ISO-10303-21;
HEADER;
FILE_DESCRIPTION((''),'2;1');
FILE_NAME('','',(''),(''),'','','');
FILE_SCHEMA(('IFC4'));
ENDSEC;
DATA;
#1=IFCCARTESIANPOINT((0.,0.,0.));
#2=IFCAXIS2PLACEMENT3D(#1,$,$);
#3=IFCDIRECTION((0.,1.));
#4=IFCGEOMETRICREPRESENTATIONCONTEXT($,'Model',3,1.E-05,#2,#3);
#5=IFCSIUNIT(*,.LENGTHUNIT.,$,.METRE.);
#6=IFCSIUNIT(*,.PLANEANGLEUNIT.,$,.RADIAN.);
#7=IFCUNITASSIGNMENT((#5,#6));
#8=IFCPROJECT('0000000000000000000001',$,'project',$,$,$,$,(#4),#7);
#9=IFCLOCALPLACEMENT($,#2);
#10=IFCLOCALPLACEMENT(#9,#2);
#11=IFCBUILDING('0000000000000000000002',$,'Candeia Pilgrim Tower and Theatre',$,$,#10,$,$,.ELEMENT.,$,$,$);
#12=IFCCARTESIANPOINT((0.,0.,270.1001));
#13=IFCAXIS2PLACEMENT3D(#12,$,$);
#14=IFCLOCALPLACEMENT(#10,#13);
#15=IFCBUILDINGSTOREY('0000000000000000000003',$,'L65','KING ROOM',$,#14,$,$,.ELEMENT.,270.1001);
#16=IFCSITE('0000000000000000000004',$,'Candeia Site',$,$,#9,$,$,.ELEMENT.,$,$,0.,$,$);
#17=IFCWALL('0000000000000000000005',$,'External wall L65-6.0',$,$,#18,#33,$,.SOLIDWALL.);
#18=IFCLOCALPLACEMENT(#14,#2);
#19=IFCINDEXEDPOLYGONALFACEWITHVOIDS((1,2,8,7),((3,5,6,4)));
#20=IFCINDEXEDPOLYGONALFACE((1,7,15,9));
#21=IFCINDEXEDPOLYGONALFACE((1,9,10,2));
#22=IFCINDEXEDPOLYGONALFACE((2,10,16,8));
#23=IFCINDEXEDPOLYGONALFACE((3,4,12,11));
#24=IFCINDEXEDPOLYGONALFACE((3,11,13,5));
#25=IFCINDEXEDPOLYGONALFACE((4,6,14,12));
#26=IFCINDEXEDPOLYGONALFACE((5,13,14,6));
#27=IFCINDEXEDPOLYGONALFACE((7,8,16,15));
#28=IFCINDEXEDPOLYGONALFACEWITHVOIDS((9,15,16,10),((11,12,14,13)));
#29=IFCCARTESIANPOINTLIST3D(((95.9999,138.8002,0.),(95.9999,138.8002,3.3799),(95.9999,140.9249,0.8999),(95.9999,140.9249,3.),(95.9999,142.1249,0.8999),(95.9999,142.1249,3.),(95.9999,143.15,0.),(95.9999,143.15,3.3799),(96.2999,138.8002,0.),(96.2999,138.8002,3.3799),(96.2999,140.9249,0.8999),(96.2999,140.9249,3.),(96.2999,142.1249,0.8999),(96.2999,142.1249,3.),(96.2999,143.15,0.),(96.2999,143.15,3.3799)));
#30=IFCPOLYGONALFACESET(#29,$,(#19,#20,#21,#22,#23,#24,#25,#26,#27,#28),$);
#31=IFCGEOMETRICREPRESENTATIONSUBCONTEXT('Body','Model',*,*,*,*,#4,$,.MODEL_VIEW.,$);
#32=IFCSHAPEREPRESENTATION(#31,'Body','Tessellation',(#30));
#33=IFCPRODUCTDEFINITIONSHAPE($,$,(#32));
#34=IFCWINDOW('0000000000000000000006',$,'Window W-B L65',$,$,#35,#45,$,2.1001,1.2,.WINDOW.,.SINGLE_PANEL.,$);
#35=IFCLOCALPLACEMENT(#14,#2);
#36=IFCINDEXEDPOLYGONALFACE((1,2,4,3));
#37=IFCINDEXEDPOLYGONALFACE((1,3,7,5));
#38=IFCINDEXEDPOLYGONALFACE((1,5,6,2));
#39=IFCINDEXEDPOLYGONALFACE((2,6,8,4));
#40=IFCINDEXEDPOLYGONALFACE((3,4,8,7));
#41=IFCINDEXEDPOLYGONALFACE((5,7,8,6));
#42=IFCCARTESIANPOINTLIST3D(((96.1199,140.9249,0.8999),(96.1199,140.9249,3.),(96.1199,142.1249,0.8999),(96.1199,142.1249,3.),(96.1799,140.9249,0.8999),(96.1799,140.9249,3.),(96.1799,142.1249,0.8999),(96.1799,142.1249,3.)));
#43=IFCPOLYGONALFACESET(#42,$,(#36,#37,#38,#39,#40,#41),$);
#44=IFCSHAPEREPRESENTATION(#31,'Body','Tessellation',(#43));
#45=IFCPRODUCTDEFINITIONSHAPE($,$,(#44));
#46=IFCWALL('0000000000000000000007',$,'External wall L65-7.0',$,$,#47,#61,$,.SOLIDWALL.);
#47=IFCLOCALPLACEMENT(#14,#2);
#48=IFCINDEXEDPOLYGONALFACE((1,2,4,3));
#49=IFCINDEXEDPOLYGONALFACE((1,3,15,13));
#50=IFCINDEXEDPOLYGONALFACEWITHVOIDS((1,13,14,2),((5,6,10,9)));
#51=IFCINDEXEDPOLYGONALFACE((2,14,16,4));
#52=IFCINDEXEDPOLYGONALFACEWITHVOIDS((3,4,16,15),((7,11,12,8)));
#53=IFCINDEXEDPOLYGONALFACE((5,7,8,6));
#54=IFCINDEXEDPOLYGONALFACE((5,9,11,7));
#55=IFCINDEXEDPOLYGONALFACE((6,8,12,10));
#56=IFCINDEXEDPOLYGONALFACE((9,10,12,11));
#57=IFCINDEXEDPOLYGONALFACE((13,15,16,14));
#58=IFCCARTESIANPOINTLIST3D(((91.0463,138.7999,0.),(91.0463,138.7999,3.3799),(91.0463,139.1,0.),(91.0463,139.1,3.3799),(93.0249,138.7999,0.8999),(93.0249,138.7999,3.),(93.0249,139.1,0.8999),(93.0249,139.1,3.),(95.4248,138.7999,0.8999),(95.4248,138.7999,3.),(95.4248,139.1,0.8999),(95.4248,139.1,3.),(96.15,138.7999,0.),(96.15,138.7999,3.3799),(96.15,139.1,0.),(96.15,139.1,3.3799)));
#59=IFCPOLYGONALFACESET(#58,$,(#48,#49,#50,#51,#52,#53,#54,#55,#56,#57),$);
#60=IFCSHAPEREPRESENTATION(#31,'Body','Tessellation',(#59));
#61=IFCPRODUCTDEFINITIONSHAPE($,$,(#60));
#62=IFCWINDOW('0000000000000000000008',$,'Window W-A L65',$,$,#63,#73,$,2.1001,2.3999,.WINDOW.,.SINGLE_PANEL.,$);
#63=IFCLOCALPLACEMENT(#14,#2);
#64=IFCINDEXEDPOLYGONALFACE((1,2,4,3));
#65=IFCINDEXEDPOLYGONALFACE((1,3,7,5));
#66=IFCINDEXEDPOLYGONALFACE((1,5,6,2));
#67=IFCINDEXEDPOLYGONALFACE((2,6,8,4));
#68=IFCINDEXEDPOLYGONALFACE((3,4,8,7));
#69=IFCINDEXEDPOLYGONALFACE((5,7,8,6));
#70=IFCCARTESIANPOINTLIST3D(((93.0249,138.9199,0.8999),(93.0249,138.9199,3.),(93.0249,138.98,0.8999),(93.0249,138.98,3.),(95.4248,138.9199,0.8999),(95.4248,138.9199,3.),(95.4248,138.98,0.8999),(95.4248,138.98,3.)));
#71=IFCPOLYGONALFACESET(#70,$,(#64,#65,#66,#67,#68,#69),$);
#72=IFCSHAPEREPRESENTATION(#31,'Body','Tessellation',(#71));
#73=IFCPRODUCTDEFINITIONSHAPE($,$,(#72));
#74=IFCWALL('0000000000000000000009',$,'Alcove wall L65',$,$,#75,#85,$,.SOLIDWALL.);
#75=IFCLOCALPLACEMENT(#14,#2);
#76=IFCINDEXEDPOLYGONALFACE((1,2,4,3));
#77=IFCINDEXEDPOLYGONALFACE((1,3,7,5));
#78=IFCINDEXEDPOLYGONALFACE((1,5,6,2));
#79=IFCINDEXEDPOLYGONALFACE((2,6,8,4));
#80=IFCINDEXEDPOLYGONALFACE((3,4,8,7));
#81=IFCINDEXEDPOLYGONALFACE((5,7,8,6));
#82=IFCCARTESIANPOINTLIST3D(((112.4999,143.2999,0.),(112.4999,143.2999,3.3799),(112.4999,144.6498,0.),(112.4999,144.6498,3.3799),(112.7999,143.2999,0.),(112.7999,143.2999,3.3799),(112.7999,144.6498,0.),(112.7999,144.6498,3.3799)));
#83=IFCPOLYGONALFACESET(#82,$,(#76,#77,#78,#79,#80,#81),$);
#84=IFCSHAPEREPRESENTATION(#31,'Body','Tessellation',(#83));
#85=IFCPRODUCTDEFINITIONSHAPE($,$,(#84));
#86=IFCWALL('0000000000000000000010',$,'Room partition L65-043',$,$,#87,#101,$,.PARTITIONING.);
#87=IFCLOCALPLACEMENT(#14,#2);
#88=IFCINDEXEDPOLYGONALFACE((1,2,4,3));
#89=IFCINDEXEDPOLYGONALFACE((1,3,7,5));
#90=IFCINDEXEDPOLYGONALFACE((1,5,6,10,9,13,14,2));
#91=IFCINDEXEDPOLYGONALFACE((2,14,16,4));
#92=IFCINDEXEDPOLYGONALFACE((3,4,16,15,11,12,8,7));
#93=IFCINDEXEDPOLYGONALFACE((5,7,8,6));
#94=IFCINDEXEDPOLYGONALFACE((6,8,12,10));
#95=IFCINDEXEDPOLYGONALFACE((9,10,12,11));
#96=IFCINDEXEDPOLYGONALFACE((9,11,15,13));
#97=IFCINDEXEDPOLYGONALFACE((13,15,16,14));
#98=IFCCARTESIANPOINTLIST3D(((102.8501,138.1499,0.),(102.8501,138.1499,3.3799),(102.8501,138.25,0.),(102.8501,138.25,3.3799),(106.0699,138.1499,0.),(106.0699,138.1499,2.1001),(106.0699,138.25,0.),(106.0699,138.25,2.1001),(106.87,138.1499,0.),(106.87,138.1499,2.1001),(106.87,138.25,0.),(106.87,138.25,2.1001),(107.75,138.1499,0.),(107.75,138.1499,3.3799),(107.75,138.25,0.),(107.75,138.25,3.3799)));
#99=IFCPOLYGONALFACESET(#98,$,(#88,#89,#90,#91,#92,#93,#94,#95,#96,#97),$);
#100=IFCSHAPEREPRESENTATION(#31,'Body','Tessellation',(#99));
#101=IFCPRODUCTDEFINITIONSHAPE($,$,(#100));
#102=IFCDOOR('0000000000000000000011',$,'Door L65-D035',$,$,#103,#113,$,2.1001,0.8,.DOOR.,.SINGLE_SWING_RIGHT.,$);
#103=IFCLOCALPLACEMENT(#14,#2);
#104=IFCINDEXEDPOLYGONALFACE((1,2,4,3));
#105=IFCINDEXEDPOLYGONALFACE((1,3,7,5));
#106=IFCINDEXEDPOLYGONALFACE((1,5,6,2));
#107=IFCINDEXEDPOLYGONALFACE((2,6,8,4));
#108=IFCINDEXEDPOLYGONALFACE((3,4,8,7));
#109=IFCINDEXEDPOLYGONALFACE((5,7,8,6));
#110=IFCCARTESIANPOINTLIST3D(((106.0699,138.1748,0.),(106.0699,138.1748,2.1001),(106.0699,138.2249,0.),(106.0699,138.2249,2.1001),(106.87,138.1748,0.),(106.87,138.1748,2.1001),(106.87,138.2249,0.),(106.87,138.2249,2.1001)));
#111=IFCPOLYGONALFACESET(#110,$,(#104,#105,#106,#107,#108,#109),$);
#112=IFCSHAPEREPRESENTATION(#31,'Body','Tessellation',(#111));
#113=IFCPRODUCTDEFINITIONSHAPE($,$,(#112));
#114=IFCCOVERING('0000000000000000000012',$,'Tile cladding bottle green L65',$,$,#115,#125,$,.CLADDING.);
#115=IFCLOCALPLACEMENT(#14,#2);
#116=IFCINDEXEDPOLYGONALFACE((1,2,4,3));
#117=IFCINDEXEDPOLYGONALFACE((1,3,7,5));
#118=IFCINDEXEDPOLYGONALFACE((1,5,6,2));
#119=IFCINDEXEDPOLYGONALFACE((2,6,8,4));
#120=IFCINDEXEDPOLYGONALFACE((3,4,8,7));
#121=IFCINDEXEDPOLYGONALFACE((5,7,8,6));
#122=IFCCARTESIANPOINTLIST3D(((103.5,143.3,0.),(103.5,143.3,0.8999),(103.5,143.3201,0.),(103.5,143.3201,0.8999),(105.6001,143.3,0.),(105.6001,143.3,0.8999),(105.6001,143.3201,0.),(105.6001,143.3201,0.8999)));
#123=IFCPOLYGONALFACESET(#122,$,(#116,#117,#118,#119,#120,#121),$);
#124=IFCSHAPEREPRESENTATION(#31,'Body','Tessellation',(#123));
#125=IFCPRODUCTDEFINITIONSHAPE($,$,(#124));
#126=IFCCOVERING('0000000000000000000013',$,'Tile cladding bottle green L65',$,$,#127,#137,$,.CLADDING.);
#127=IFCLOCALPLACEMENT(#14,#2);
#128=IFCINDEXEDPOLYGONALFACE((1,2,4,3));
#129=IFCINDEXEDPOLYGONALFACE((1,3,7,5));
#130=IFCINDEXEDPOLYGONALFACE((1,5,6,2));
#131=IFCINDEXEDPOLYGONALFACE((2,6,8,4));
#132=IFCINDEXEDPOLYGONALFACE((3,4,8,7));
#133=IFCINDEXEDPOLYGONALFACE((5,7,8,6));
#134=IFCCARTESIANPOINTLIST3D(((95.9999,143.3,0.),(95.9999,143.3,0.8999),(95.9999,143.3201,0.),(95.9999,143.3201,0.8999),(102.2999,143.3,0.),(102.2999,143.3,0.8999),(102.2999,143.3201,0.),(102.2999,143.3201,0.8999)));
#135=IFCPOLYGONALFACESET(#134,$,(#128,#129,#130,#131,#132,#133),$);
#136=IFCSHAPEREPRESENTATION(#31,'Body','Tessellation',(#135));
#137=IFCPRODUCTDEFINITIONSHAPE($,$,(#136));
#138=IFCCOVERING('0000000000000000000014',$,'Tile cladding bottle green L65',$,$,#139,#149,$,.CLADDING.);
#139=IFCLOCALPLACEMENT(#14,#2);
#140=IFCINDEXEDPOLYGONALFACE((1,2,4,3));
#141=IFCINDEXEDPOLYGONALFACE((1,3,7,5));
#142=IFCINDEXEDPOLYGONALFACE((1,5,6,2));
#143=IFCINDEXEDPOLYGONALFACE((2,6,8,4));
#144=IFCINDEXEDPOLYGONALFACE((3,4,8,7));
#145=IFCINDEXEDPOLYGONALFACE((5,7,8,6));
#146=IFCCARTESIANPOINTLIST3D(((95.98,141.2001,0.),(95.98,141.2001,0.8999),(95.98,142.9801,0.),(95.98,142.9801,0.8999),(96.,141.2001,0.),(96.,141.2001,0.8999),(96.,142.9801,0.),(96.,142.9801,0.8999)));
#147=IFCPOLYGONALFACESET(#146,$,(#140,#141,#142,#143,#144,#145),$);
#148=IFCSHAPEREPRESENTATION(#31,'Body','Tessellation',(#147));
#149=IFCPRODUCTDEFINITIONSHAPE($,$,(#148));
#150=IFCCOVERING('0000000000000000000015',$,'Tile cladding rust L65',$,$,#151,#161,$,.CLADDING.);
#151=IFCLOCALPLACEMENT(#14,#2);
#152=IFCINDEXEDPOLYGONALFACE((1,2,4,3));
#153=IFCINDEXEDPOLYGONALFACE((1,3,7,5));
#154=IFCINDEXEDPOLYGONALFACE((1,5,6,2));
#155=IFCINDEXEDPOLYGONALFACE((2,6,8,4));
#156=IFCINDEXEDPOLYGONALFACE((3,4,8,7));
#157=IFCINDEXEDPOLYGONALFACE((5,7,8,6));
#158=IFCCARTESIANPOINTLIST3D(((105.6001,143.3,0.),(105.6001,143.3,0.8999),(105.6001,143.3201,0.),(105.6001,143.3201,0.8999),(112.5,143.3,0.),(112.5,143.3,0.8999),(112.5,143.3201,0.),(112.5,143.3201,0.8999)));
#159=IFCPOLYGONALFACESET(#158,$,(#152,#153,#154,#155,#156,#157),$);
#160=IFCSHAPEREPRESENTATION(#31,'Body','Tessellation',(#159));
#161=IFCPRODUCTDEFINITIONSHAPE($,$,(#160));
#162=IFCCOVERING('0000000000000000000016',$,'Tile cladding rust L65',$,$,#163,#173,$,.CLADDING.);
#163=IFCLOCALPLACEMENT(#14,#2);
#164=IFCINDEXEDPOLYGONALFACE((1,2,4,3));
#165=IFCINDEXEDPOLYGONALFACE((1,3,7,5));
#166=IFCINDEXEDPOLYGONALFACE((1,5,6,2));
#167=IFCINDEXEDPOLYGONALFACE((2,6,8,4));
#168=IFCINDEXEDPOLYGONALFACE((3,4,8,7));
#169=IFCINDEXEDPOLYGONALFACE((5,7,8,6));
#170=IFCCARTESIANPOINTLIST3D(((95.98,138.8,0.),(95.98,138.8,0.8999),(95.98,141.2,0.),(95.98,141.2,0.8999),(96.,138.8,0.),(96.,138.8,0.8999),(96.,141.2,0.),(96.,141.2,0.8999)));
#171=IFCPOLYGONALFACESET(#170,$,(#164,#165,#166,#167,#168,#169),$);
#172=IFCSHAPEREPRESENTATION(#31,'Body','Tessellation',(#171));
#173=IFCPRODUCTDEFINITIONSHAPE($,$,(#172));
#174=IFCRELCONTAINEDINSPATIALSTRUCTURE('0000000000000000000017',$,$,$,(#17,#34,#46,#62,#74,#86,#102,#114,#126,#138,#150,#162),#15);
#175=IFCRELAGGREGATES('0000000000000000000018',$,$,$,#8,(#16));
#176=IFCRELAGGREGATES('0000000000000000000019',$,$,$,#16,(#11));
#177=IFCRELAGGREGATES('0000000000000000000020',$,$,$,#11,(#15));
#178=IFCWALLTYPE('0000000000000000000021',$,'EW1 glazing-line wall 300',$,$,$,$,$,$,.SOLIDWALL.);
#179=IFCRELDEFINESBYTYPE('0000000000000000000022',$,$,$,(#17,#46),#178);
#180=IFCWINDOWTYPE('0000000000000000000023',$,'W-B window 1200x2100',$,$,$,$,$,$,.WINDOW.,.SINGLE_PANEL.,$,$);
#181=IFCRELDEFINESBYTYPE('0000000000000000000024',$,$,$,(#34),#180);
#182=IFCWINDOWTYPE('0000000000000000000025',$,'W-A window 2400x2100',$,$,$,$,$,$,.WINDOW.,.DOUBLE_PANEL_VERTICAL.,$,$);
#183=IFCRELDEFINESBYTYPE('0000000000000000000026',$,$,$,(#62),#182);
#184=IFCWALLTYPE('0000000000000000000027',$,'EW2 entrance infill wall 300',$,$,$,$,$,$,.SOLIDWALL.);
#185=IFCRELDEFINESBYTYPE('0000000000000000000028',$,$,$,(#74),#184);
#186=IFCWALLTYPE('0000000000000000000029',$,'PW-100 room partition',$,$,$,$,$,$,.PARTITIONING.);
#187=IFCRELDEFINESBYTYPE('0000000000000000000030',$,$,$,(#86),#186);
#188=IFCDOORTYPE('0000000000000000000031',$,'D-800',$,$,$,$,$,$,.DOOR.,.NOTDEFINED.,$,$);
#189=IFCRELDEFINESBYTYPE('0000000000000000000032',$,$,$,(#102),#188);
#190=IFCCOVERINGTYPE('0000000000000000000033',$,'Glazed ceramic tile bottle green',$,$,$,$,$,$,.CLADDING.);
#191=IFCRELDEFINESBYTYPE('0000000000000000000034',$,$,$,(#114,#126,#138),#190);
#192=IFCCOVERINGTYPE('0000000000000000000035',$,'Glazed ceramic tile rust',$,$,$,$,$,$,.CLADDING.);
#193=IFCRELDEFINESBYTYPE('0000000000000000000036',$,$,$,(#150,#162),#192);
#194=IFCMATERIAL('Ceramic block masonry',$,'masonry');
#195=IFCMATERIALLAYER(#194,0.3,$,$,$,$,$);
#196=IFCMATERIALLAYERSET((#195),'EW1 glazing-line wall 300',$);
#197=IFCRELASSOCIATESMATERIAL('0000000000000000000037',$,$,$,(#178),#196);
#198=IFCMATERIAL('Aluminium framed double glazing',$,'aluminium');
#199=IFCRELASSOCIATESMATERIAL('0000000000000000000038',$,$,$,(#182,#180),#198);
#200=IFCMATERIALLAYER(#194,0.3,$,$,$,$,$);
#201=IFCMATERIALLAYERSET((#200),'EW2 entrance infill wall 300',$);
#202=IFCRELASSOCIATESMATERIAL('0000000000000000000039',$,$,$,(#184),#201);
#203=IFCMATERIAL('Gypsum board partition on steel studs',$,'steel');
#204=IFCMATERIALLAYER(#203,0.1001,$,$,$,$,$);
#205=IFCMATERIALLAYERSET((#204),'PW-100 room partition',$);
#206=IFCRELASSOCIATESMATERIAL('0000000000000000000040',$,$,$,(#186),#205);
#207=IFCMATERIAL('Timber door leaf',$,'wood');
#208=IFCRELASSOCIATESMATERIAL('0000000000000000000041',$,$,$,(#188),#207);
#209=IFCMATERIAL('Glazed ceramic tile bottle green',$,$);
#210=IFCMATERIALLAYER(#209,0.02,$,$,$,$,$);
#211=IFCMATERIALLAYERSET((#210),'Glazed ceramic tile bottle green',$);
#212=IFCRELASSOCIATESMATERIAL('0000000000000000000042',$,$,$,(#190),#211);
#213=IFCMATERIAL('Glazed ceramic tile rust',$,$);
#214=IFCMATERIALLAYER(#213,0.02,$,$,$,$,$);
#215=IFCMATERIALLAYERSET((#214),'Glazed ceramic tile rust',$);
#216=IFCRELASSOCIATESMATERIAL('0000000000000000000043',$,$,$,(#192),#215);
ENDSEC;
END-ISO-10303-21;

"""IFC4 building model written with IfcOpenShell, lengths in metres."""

from ifc_helpers import new_model, si_unit, direction, frame, frame_2d, origin, origin_2d, place, context, subcontext, project, spatial, rectangle, extrude, material, layer, layer_set, type_object, element, fill, save


model = new_model("IFC4")

# Units and contexts
model_context = context("Model", 3, precision=1e-05, world=origin(), true_north=direction((0.0, 1.0)))
body_context = subcontext(model_context, "Body", "Model", "MODEL_VIEW")
ifc_project = project(units=[si_unit("LENGTHUNIT", "METRE"), si_unit("PLANEANGLEUNIT", "RADIAN")], contexts=[model_context])

# Site, building, storey
site_placement = place(None, origin())
site = spatial("IfcSite", under=ifc_project, at=site_placement, Name="Candeia Site", CompositionType="ELEMENT", RefElevation=0.0)
building_placement = place(site_placement, origin())
building = spatial("IfcBuilding", under=site, at=building_placement, Name="Candeia Pilgrim Tower and Theatre", CompositionType="ELEMENT")
storey_placement = place(building_placement, frame((0.0, 0.0, 270.1001)))
storey = spatial("IfcBuildingStorey", under=building, at=storey_placement, Name="L65", Description="KING ROOM", CompositionType="ELEMENT", Elevation=270.1001)

# Shared definitions
ifc_material_1 = material(Name="Ceramic block masonry", Category="masonry")
ifc_layer_1 = layer(ifc_material_1, 0.3)
ifc_layer_set_1 = layer_set([ifc_layer_1], Name="EW1 glazing-line wall 300")
wall_type_1 = type_object("IfcWallType", Name="EW1 glazing-line wall 300", PredefinedType="SOLIDWALL", material=ifc_layer_set_1)
ifc_material_2 = material(Name="Aluminium framed double glazing", Category="aluminium")
window_type_1 = type_object("IfcWindowType", Name="W-A window 2400x2100", PartitioningType="DOUBLE_PANEL_VERTICAL", PredefinedType="WINDOW", material=ifc_material_2)

# Walls, openings, windows
wall_1_placement = place(storey_placement, frame((96.1499, 143.1499, 0.0), z_axis=(0.0, 0.0, 1.0), x_axis=(0.0, -1.0, 0.0)))
wall_1 = element("IfcWall", 1, at=wall_1_placement, inside=storey, type_object=wall_type_1, Name="External wall L65-6.0", PredefinedType="SOLIDWALL", context=body_context, shape_type="SweptSolid", body=[
    extrude(rectangle(XDim=4.3499, YDim=0.3, at=frame_2d((2.1748, 0.0))), origin(), (0.0, 0.0, 1.0), 3.3799),
])
opening_1_placement = place(wall_1_placement, frame((1.0249, 0.0, 0.8999)))
opening_1 = element("IfcOpeningElement", 2, at=opening_1_placement, cuts=wall_1, PredefinedType="OPENING", context=body_context, shape_type="SweptSolid", body=[
    extrude(rectangle(XDim=1.2, YDim=2.1001, at=frame_2d((0.6001, 1.05))), frame((0.0, 0.1602, 0.0), z_axis=(0.0, -1.0, 0.0), x_axis=(1.0, 0.0, 0.0)), (0.0, 0.0, 1.0), 0.3201),
])
window_type_2 = type_object("IfcWindowType", Name="W-B window 1200x2100", PartitioningType="SINGLE_PANEL", PredefinedType="WINDOW", material=ifc_material_2)
window_1_placement = place(opening_1_placement, origin())
window_1 = element("IfcWindow", 3, at=window_1_placement, inside=storey, type_object=window_type_2, Name="Window W-B L65", OverallHeight=2.1001, OverallWidth=1.2, PartitioningType="SINGLE_PANEL", PredefinedType="WINDOW", context=body_context, shape_type="SweptSolid", body=[
    extrude(rectangle(XDim=1.2, YDim=2.1001, at=frame_2d((0.6001, 1.05))), frame((0.0, 0.03, 0.0), z_axis=(0.0, -1.0, 0.0), x_axis=(1.0, 0.0, 0.0)), (0.0, 0.0, 1.0), 0.0601),
])
fill(opening_1, window_1)
wall_2_placement = place(storey_placement, frame((96.1499, 138.95, 0.0), z_axis=(0.0, 0.0, 1.0), x_axis=(-1.0, 0.0, 0.0)))
wall_2 = element("IfcWall", 4, at=wall_2_placement, inside=storey, type_object=wall_type_1, Name="External wall L65-7.0", PredefinedType="SOLIDWALL", context=body_context, shape_type="SweptSolid", body=[
    extrude(rectangle(XDim=5.1038, YDim=0.3, at=frame_2d((2.5518, 0.0))), origin(), (0.0, 0.0, 1.0), 3.3799),
])
opening_2_placement = place(wall_2_placement, frame((0.7251, 0.0, 0.8999)))
opening_2 = element("IfcOpeningElement", 5, at=opening_2_placement, cuts=wall_2, PredefinedType="OPENING", context=body_context, shape_type="SweptSolid", body=[
    extrude(rectangle(XDim=2.3999, YDim=2.1001, at=frame_2d((1.2, 1.05))), frame((0.0, 0.1602, 0.0), z_axis=(0.0, -1.0, 0.0), x_axis=(1.0, 0.0, 0.0)), (0.0, 0.0, 1.0), 0.3201),
])
window_2_placement = place(opening_2_placement, origin())
window_2 = element("IfcWindow", 6, at=window_2_placement, inside=storey, type_object=window_type_1, Name="Window W-A L65", OverallHeight=2.1001, OverallWidth=2.3999, PartitioningType="SINGLE_PANEL", PredefinedType="WINDOW", context=body_context, shape_type="SweptSolid", body=[
    extrude(rectangle(XDim=2.3999, YDim=2.1001, at=frame_2d((1.2, 1.05))), frame((0.0, 0.03, 0.0), z_axis=(0.0, -1.0, 0.0), x_axis=(1.0, 0.0, 0.0)), (0.0, 0.0, 1.0), 0.0601),
])
fill(opening_2, window_2)

# Wall
ifc_layer_2 = layer(ifc_material_1, 0.3)
ifc_layer_set_2 = layer_set([ifc_layer_2], Name="EW2 entrance infill wall 300")
wall_type_2 = type_object("IfcWallType", Name="EW2 entrance infill wall 300", PredefinedType="SOLIDWALL", material=ifc_layer_set_2)
wall_3_placement = place(storey_placement, frame((112.6499, 143.3, 0.0), z_axis=(0.0, 0.0, 1.0), x_axis=(0.0, 1.0, 0.0)))
element("IfcWall", 7, at=wall_3_placement, inside=storey, type_object=wall_type_2, Name="Alcove wall L65", PredefinedType="SOLIDWALL", context=body_context, shape_type="SweptSolid", body=[
    extrude(rectangle(XDim=1.3499, YDim=0.3, at=frame_2d((0.6748, 0.0))), origin(), (0.0, 0.0, 1.0), 3.3799),
])

# Wall, opening, door
ifc_material_3 = material(Name="Gypsum board partition on steel studs", Category="steel")
ifc_layer_3 = layer(ifc_material_3, 0.1001)
ifc_layer_set_3 = layer_set([ifc_layer_3], Name="PW-100 room partition")
wall_type_3 = type_object("IfcWallType", Name="PW-100 room partition", PredefinedType="PARTITIONING", material=ifc_layer_set_3)
wall_4_placement = place(storey_placement, frame((102.8501, 138.2, 0.0), z_axis=(0.0, 0.0, 1.0), x_axis=(1.0, 0.0, 0.0)))
wall_4 = element("IfcWall", 8, at=wall_4_placement, inside=storey, type_object=wall_type_3, Name="Room partition L65-043", PredefinedType="PARTITIONING", context=body_context, shape_type="SweptSolid", body=[
    extrude(rectangle(XDim=4.8999, YDim=0.1001, at=frame_2d((2.45, 0.0))), origin(), (0.0, 0.0, 1.0), 3.3799),
])
opening_3_placement = place(wall_4_placement, frame((3.22, 0.0, 0.0)))
opening_3 = element("IfcOpeningElement", 9, at=opening_3_placement, cuts=wall_4, PredefinedType="OPENING", context=body_context, shape_type="SweptSolid", body=[
    extrude(rectangle(XDim=0.8, YDim=2.1001, at=frame_2d((0.3999, 1.05))), frame((0.0, 0.0601, 0.0), z_axis=(0.0, -1.0, 0.0), x_axis=(1.0, 0.0, 0.0)), (0.0, 0.0, 1.0), 0.1201),
])
ifc_material_4 = material(Name="Timber door leaf", Category="wood")
door_type_1 = type_object("IfcDoorType", Name="D-800", OperationType="NOTDEFINED", PredefinedType="DOOR", material=ifc_material_4)
door_1_placement = place(opening_3_placement, origin())
door_1 = element("IfcDoor", 10, at=door_1_placement, inside=storey, type_object=door_type_1, Name="Door L65-D035", OperationType="SINGLE_SWING_RIGHT", OverallHeight=2.1001, OverallWidth=0.8, PredefinedType="DOOR", context=body_context, shape_type="SweptSolid", body=[
    extrude(rectangle(XDim=0.8, YDim=2.1001, at=frame_2d((0.3999, 1.05))), frame((0.0, 0.0249, 0.0), z_axis=(0.0, -1.0, 0.0), x_axis=(1.0, 0.0, 0.0)), (0.0, 0.0, 1.0), 0.05),
])
fill(opening_3, door_1)

# Coverings
ifc_material_5 = material(Name="Glazed ceramic tile bottle green")
ifc_layer_4 = layer(ifc_material_5, 0.02)
ifc_layer_set_4 = layer_set([ifc_layer_4], Name="Glazed ceramic tile bottle green")
covering_type_1 = type_object("IfcCoveringType", Name="Glazed ceramic tile bottle green", PredefinedType="CLADDING", material=ifc_layer_set_4)
covering_1_placement = place(storey_placement, frame((104.55, 143.3101, 0.0), z_axis=(0.0, 0.0, 1.0), x_axis=(-1.0, 0.0, 0.0)))
element("IfcCovering", 11, at=covering_1_placement, inside=storey, type_object=covering_type_1, Name="Tile cladding bottle green L65", PredefinedType="CLADDING", context=body_context, shape_type="SweptSolid", body=[
    extrude(rectangle(XDim=2.1001, YDim=0.02, at=origin_2d()), origin(), (0.0, 0.0, 1.0), 0.8999),
])
covering_2_placement = place(storey_placement, frame((99.1499, 143.3101, 0.0), z_axis=(0.0, 0.0, 1.0), x_axis=(-1.0, 0.0, 0.0)))
element("IfcCovering", 12, at=covering_2_placement, inside=storey, type_object=covering_type_1, Name="Tile cladding bottle green L65", PredefinedType="CLADDING", context=body_context, shape_type="SweptSolid", body=[
    extrude(rectangle(XDim=6.3, YDim=0.02, at=origin_2d()), origin(), (0.0, 0.0, 1.0), 0.8999),
])
covering_3_placement = place(storey_placement, frame((95.99, 142.0901, 0.0), z_axis=(0.0, 0.0, 1.0), x_axis=(0.0, -1.0, 0.0)))
element("IfcCovering", 13, at=covering_3_placement, inside=storey, type_object=covering_type_1, Name="Tile cladding bottle green L65", PredefinedType="CLADDING", context=body_context, shape_type="SweptSolid", body=[
    extrude(rectangle(XDim=1.78, YDim=0.02, at=origin_2d()), origin(), (0.0, 0.0, 1.0), 0.8999),
])
ifc_material_6 = material(Name="Glazed ceramic tile rust")
ifc_layer_5 = layer(ifc_material_6, 0.02)
ifc_layer_set_5 = layer_set([ifc_layer_5], Name="Glazed ceramic tile rust")
covering_type_2 = type_object("IfcCoveringType", Name="Glazed ceramic tile rust", PredefinedType="CLADDING", material=ifc_layer_set_5)
covering_4_placement = place(storey_placement, frame((109.05, 143.3101, 0.0), z_axis=(0.0, 0.0, 1.0), x_axis=(-1.0, 0.0, 0.0)))
element("IfcCovering", 14, at=covering_4_placement, inside=storey, type_object=covering_type_2, Name="Tile cladding rust L65", PredefinedType="CLADDING", context=body_context, shape_type="SweptSolid", body=[
    extrude(rectangle(XDim=6.8999, YDim=0.02, at=origin_2d()), origin(), (0.0, 0.0, 1.0), 0.8999),
])
covering_5_placement = place(storey_placement, frame((95.99, 140.0, 0.0), z_axis=(0.0, 0.0, 1.0), x_axis=(0.0, -1.0, 0.0)))
element("IfcCovering", 15, at=covering_5_placement, inside=storey, type_object=covering_type_2, Name="Tile cladding rust L65", PredefinedType="CLADDING", context=body_context, shape_type="SweptSolid", body=[
    extrude(rectangle(XDim=2.3999, YDim=0.02, at=origin_2d()), origin(), (0.0, 0.0, 1.0), 0.8999),
])

save(model, "model.ifc")
